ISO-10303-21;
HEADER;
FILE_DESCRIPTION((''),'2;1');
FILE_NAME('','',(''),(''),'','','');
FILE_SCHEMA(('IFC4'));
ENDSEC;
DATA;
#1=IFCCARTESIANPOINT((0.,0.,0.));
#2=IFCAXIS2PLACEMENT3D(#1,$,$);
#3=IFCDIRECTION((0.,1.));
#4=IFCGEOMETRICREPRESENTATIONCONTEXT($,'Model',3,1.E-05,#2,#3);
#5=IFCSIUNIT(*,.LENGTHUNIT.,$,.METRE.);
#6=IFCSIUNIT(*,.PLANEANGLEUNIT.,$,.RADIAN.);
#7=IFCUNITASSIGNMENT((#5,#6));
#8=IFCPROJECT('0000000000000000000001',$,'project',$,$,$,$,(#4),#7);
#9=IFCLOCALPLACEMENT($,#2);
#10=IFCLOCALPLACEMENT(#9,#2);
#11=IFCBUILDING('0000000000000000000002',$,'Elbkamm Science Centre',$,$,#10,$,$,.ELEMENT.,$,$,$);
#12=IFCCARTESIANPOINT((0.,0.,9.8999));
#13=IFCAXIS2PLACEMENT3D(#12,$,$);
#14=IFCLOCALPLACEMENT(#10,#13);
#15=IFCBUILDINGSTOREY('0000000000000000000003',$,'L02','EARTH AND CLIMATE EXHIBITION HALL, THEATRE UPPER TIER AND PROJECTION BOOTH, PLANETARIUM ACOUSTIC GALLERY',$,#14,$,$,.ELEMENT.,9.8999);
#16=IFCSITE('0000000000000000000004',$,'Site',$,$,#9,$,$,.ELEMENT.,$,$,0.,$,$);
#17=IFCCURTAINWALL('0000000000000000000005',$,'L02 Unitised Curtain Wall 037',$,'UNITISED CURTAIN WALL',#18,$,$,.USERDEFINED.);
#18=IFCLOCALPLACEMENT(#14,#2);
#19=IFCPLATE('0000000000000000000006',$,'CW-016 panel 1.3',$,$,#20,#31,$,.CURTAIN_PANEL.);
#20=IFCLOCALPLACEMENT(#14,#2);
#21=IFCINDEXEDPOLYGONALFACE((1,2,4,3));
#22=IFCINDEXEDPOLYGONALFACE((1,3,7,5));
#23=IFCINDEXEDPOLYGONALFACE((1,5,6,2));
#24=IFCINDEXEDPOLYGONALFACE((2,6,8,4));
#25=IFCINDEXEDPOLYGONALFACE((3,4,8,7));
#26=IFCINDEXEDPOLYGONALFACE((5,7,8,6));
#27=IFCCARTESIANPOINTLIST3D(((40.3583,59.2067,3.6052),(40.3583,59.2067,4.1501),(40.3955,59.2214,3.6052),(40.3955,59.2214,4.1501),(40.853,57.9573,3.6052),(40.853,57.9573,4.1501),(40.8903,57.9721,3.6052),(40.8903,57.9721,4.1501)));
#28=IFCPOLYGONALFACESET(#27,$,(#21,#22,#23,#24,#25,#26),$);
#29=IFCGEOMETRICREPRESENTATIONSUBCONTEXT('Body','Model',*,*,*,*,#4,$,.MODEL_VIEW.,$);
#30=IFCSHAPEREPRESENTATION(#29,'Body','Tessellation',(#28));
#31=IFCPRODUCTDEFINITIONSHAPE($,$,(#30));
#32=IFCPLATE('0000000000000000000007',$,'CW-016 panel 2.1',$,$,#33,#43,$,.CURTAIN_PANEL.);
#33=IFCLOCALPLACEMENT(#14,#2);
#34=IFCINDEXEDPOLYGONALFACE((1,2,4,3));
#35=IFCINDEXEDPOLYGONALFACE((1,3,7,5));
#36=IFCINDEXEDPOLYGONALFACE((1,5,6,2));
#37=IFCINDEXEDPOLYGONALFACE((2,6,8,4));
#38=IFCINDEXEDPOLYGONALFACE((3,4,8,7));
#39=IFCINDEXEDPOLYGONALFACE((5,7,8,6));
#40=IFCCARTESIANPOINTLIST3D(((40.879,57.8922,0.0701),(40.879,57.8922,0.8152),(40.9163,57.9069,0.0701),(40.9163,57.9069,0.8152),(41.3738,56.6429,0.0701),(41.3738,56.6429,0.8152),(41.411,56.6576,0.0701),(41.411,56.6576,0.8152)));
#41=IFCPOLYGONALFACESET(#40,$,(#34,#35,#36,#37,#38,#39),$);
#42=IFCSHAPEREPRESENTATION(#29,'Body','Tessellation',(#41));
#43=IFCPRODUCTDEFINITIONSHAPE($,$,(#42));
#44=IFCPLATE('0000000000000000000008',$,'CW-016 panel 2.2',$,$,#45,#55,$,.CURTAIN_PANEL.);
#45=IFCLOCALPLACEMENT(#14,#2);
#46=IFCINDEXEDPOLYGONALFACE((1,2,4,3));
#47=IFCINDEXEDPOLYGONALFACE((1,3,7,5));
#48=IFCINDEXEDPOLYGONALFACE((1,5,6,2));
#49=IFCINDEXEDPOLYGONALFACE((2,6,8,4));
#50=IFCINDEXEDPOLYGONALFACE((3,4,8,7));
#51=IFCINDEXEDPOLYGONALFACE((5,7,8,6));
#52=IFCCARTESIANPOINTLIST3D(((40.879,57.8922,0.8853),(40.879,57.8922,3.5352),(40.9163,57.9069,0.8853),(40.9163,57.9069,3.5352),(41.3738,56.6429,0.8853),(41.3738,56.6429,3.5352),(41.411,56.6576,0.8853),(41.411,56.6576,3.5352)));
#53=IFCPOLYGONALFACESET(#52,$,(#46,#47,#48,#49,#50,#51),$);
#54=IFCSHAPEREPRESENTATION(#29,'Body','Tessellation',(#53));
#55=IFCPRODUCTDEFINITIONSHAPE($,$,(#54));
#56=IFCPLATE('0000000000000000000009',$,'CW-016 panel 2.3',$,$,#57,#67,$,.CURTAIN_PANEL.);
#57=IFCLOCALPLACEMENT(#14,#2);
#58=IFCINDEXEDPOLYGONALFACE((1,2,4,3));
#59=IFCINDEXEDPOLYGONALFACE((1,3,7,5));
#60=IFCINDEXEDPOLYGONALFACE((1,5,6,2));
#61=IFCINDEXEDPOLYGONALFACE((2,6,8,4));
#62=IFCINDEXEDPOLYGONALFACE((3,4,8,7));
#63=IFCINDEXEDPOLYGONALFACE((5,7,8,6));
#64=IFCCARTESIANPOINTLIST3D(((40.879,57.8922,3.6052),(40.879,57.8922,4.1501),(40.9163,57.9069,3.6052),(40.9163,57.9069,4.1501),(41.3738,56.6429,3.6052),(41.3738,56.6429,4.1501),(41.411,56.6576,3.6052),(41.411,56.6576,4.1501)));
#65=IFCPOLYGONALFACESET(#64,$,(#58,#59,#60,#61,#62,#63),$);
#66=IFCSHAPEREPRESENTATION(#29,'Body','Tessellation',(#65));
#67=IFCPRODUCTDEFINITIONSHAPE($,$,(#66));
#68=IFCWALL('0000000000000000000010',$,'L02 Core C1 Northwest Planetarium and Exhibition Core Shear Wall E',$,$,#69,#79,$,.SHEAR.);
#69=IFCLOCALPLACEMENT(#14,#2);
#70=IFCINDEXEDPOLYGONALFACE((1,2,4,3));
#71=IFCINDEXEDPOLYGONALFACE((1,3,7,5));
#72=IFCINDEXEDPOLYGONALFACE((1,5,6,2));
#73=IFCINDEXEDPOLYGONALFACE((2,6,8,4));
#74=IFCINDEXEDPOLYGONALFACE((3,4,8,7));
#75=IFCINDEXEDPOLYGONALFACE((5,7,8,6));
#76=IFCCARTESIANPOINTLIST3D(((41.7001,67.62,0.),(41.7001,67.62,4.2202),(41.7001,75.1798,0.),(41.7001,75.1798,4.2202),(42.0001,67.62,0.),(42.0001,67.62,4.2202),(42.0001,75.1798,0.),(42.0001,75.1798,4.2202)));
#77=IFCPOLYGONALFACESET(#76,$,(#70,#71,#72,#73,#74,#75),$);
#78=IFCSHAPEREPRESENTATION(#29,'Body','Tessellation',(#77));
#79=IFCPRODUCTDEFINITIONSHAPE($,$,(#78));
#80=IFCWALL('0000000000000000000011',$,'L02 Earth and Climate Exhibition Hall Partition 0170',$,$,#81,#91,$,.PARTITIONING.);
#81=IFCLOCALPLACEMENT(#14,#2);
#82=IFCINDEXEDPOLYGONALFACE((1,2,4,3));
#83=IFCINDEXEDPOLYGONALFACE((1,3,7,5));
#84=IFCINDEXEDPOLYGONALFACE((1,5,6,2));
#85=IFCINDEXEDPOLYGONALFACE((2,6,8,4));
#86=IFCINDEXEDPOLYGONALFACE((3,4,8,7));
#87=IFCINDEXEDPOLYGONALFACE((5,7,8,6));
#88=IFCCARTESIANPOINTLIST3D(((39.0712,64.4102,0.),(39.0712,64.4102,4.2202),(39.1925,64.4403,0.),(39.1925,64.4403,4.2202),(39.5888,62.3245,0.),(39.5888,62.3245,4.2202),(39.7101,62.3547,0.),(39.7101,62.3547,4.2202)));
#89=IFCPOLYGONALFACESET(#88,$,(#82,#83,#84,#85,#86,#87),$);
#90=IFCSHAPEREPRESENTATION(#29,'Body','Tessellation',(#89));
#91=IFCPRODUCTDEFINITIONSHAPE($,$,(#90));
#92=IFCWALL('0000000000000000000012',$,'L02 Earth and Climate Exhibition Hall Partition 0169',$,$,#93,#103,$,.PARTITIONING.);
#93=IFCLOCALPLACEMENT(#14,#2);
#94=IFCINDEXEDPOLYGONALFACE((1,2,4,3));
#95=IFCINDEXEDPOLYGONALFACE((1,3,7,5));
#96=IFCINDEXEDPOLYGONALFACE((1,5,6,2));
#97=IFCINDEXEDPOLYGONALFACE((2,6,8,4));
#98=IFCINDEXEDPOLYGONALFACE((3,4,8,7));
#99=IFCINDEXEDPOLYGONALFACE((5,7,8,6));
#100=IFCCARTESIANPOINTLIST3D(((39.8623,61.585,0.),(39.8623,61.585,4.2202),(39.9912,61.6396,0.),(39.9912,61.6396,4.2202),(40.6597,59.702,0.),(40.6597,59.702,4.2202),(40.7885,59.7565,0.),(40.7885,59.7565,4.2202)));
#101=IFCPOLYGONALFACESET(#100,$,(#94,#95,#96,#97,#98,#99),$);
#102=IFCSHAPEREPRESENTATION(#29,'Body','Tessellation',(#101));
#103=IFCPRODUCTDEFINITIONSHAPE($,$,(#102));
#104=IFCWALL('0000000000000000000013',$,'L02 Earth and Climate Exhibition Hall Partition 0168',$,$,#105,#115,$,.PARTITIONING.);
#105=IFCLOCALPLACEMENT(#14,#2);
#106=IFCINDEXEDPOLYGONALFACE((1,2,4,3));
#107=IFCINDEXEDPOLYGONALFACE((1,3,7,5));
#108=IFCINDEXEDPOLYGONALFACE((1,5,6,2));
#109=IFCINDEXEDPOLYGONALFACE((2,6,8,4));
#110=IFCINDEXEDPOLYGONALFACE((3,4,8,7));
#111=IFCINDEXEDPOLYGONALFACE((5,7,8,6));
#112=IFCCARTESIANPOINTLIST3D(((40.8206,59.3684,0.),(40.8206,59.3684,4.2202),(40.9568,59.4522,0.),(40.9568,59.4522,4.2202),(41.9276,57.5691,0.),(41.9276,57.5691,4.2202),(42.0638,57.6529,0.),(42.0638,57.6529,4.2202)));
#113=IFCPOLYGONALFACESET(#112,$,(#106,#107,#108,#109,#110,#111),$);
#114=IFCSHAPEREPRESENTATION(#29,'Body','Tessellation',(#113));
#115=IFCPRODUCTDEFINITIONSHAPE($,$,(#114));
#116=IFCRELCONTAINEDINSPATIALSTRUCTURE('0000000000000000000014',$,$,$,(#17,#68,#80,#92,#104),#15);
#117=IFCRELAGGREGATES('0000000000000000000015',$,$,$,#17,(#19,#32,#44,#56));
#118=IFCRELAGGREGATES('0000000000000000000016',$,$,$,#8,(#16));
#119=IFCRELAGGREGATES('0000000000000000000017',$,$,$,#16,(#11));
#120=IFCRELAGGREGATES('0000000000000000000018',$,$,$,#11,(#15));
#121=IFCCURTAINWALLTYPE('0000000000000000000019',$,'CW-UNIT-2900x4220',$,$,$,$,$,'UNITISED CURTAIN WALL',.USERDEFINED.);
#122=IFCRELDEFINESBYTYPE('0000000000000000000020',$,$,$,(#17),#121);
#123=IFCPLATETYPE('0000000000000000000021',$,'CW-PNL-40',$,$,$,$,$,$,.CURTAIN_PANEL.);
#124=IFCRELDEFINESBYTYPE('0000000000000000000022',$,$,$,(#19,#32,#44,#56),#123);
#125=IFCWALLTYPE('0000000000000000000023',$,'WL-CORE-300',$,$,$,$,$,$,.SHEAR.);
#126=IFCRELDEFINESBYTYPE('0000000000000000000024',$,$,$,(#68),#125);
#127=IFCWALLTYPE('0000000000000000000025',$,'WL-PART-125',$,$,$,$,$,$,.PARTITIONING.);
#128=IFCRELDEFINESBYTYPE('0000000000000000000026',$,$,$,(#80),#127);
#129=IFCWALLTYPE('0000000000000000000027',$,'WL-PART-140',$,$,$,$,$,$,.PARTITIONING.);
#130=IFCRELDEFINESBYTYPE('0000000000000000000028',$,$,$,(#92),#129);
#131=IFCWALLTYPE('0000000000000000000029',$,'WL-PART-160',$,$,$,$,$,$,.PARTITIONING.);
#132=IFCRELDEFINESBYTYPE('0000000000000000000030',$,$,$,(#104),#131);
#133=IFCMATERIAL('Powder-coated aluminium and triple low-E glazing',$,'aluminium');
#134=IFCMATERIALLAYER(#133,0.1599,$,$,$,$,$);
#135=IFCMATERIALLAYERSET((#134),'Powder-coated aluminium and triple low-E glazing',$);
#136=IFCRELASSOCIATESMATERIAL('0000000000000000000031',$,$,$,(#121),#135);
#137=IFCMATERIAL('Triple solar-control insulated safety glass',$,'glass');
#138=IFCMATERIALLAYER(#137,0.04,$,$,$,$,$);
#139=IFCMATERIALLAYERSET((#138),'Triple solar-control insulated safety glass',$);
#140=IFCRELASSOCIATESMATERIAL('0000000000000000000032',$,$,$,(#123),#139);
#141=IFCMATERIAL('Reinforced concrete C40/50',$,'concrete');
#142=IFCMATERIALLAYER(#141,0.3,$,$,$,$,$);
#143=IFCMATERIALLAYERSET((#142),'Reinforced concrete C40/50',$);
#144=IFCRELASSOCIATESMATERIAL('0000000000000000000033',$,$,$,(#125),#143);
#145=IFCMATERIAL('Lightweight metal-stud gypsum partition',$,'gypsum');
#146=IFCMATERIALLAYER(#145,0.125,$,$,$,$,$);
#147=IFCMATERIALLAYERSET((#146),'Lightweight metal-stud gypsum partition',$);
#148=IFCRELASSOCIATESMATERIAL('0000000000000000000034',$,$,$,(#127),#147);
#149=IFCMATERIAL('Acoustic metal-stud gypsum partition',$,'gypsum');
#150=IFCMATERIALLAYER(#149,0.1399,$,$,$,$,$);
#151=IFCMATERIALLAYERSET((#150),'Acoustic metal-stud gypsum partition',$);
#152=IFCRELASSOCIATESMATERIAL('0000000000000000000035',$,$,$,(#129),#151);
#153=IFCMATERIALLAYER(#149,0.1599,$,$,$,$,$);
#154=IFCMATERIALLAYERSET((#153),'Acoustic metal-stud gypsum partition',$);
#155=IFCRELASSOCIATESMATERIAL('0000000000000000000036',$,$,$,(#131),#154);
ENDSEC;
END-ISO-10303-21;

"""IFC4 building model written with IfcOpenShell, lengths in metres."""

from ifc_helpers import new_model, si_unit, direction, frame, frame_2d, origin, origin_2d, place, context, subcontext, project, spatial, rectangle, extrude, material, layer, layer_set, type_object, element, aggregate, save


model = new_model("IFC4")

# Units and contexts
model_context = context("Model", 3, precision=1e-05, world=origin(), true_north=direction((0.0, 1.0)))
body_context = subcontext(model_context, "Body", "Model", "MODEL_VIEW")
ifc_project = project(units=[si_unit("LENGTHUNIT", "METRE"), si_unit("PLANEANGLEUNIT", "RADIAN")], contexts=[model_context])

# Site, building, storey
site_placement = place(None, origin())
site = spatial("IfcSite", under=ifc_project, at=site_placement, Name="Site", CompositionType="ELEMENT", RefElevation=0.0)
building_placement = place(site_placement, origin())
building = spatial("IfcBuilding", under=site, at=building_placement, Name="Elbkamm Science Centre", CompositionType="ELEMENT")
storey_placement = place(building_placement, frame((0.0, 0.0, 9.8999)))
storey = spatial("IfcBuildingStorey", under=building, at=storey_placement, Name="L02", Description="EARTH AND CLIMATE EXHIBITION HALL, THEATRE UPPER TIER AND PROJECTION BOOTH, PLANETARIUM ACOUSTIC GALLERY", CompositionType="ELEMENT", Elevation=9.8999)

# Curtain wall
ifc_material_1 = material(Name="Powder-coated aluminium and triple low-E glazing", Category="aluminium")
ifc_layer_1 = layer(ifc_material_1, 0.1599)
ifc_layer_set_1 = layer_set([ifc_layer_1], Name="Powder-coated aluminium and triple low-E glazing")
curtain_wall_type = type_object("IfcCurtainWallType", Name="CW-UNIT-2900x4220", ElementType="UNITISED CURTAIN WALL", PredefinedType="USERDEFINED", material=ifc_layer_set_1)
curtain_wall_1_placement = place(storey_placement, origin())
curtain_wall_1 = element("IfcCurtainWall", 1, at=curtain_wall_1_placement, inside=storey, type_object=curtain_wall_type, Name="L02 Unitised Curtain Wall 037", ObjectType="UNITISED CURTAIN WALL", PredefinedType="USERDEFINED")

# Plates
ifc_material_2 = material(Name="Triple solar-control insulated safety glass", Category="glass")
ifc_layer_2 = layer(ifc_material_2, 0.04)
ifc_layer_set_2 = layer_set([ifc_layer_2], Name="Triple solar-control insulated safety glass")
plate_type = type_object("IfcPlateType", Name="CW-PNL-40", PredefinedType="CURTAIN_PANEL", material=ifc_layer_set_2)
plate_1_placement = place(storey_placement, frame((40.6243, 58.5894, 3.6052), z_axis=(0.0, 0.0, 1.0), x_axis=(0.368193, -0.929749, 0.0)))
plate_1 = element("IfcPlate", 2, at=plate_1_placement, type_object=plate_type, Name="CW-016 panel 1.3", PredefinedType="CURTAIN_PANEL", context=body_context, shape_type="SweptSolid", body=[
    extrude(rectangle(XDim=1.3438, YDim=0.04, at=origin_2d()), origin(), (0.0, 0.0, 1.0), 0.5449),
])
plate_2_placement = place(storey_placement, frame((41.145, 57.2749, 0.0701), z_axis=(0.0, 0.0, 1.0), x_axis=(0.368193, -0.929749, 0.0)))
plate_2 = element("IfcPlate", 3, at=plate_2_placement, type_object=plate_type, Name="CW-016 panel 2.1", PredefinedType="CURTAIN_PANEL", context=body_context, shape_type="SweptSolid", body=[
    extrude(rectangle(XDim=1.3438, YDim=0.04, at=origin_2d()), origin(), (0.0, 0.0, 1.0), 0.7451),
])
plate_3_placement = place(storey_placement, frame((41.145, 57.2749, 0.8853), z_axis=(0.0, 0.0, 1.0), x_axis=(0.368193, -0.929749, 0.0)))
plate_3 = element("IfcPlate", 4, at=plate_3_placement, type_object=plate_type, Name="CW-016 panel 2.2", PredefinedType="CURTAIN_PANEL", context=body_context, shape_type="SweptSolid", body=[
    extrude(rectangle(XDim=1.3438, YDim=0.04, at=origin_2d()), origin(), (0.0, 0.0, 1.0), 2.6499),
])
plate_4_placement = place(storey_placement, frame((41.145, 57.2749, 3.6052), z_axis=(0.0, 0.0, 1.0), x_axis=(0.368193, -0.929749, 0.0)))
plate_4 = element("IfcPlate", 5, at=plate_4_placement, type_object=plate_type, Name="CW-016 panel 2.3", PredefinedType="CURTAIN_PANEL", context=body_context, shape_type="SweptSolid", body=[
    extrude(rectangle(XDim=1.3438, YDim=0.04, at=origin_2d()), origin(), (0.0, 0.0, 1.0), 0.5449),
])
aggregate(curtain_wall_1, [plate_1, plate_2, plate_3, plate_4])

# Walls
ifc_material_3 = material(Name="Reinforced concrete C40/50", Category="concrete")
ifc_layer_3 = layer(ifc_material_3, 0.3)
ifc_layer_set_3 = layer_set([ifc_layer_3], Name="Reinforced concrete C40/50")
wall_type_1 = type_object("IfcWallType", Name="WL-CORE-300", PredefinedType="SHEAR", material=ifc_layer_set_3)
wall_1_placement = place(storey_placement, frame((41.8501, 67.6201, 0.0), z_axis=(0.0, 0.0, 1.0), x_axis=(0.0, 1.0, 0.0)))
element("IfcWall", 6, at=wall_1_placement, inside=storey, type_object=wall_type_1, Name="L02 Core C1 Northwest Planetarium and Exhibition Core Shear Wall E", PredefinedType="SHEAR", context=body_context, shape_type="SweptSolid", body=[
    extrude(rectangle(XDim=7.5598, YDim=0.3, at=frame_2d((3.7798, 0.0))), origin(), (0.0, 0.0, 1.0), 4.2202),
])
ifc_material_4 = material(Name="Lightweight metal-stud gypsum partition", Category="gypsum")
ifc_layer_4 = layer(ifc_material_4, 0.125)
ifc_layer_set_4 = layer_set([ifc_layer_4], Name="Lightweight metal-stud gypsum partition")
wall_type_2 = type_object("IfcWallType", Name="WL-PART-125", PredefinedType="PARTITIONING", material=ifc_layer_set_4)
wall_2_placement = place(storey_placement, frame((39.6494, 62.3396, 0.0), z_axis=(0.0, 0.0, 1.0), x_axis=(-0.240851, 0.970562, 0.0)))
element("IfcWall", 7, at=wall_2_placement, inside=storey, type_object=wall_type_2, Name="L02 Earth and Climate Exhibition Hall Partition 0170", PredefinedType="PARTITIONING", context=body_context, shape_type="SweptSolid", body=[
    extrude(rectangle(XDim=2.1489, YDim=0.125, at=frame_2d((1.0745, 0.0))), origin(), (0.0, 0.0, 1.0), 4.2202),
])
ifc_material_5 = material(Name="Acoustic metal-stud gypsum partition", Category="gypsum")
ifc_layer_5 = layer(ifc_material_5, 0.1399)
ifc_layer_set_5 = layer_set([ifc_layer_5], Name="Acoustic metal-stud gypsum partition")
wall_type_3 = type_object("IfcWallType", Name="WL-PART-140", PredefinedType="PARTITIONING", material=ifc_layer_set_5)
wall_3_placement = place(storey_placement, frame((40.7241, 59.7292, 0.0), z_axis=(0.0, 0.0, 1.0), x_axis=(-0.389924, 0.920847, 0.0)))
element("IfcWall", 8, at=wall_3_placement, inside=storey, type_object=wall_type_3, Name="L02 Earth and Climate Exhibition Hall Partition 0169", PredefinedType="PARTITIONING", context=body_context, shape_type="SweptSolid", body=[
    extrude(rectangle(XDim=2.0449, YDim=0.1399, at=frame_2d((1.0225, 0.0))), origin(), (0.0, 0.0, 1.0), 4.2202),
])
ifc_layer_6 = layer(ifc_material_5, 0.1599)
ifc_layer_set_6 = layer_set([ifc_layer_6], Name="Acoustic metal-stud gypsum partition")
wall_type_4 = type_object("IfcWallType", Name="WL-PART-160", PredefinedType="PARTITIONING", material=ifc_layer_set_6)
wall_4_placement = place(storey_placement, frame((41.9956, 57.6111, 0.0), z_axis=(0.0, 0.0, 1.0), x_axis=(-0.523981, 0.85173, 0.0)))
element("IfcWall", 9, at=wall_4_placement, inside=storey, type_object=wall_type_4, Name="L02 Earth and Climate Exhibition Hall Partition 0168", PredefinedType="PARTITIONING", context=body_context, shape_type="SweptSolid", body=[
    extrude(rectangle(XDim=2.1125, YDim=0.1599, at=frame_2d((1.0562, 0.0))), origin(), (0.0, 0.0, 1.0), 4.2202),
])

save(model, "model.ifc")
